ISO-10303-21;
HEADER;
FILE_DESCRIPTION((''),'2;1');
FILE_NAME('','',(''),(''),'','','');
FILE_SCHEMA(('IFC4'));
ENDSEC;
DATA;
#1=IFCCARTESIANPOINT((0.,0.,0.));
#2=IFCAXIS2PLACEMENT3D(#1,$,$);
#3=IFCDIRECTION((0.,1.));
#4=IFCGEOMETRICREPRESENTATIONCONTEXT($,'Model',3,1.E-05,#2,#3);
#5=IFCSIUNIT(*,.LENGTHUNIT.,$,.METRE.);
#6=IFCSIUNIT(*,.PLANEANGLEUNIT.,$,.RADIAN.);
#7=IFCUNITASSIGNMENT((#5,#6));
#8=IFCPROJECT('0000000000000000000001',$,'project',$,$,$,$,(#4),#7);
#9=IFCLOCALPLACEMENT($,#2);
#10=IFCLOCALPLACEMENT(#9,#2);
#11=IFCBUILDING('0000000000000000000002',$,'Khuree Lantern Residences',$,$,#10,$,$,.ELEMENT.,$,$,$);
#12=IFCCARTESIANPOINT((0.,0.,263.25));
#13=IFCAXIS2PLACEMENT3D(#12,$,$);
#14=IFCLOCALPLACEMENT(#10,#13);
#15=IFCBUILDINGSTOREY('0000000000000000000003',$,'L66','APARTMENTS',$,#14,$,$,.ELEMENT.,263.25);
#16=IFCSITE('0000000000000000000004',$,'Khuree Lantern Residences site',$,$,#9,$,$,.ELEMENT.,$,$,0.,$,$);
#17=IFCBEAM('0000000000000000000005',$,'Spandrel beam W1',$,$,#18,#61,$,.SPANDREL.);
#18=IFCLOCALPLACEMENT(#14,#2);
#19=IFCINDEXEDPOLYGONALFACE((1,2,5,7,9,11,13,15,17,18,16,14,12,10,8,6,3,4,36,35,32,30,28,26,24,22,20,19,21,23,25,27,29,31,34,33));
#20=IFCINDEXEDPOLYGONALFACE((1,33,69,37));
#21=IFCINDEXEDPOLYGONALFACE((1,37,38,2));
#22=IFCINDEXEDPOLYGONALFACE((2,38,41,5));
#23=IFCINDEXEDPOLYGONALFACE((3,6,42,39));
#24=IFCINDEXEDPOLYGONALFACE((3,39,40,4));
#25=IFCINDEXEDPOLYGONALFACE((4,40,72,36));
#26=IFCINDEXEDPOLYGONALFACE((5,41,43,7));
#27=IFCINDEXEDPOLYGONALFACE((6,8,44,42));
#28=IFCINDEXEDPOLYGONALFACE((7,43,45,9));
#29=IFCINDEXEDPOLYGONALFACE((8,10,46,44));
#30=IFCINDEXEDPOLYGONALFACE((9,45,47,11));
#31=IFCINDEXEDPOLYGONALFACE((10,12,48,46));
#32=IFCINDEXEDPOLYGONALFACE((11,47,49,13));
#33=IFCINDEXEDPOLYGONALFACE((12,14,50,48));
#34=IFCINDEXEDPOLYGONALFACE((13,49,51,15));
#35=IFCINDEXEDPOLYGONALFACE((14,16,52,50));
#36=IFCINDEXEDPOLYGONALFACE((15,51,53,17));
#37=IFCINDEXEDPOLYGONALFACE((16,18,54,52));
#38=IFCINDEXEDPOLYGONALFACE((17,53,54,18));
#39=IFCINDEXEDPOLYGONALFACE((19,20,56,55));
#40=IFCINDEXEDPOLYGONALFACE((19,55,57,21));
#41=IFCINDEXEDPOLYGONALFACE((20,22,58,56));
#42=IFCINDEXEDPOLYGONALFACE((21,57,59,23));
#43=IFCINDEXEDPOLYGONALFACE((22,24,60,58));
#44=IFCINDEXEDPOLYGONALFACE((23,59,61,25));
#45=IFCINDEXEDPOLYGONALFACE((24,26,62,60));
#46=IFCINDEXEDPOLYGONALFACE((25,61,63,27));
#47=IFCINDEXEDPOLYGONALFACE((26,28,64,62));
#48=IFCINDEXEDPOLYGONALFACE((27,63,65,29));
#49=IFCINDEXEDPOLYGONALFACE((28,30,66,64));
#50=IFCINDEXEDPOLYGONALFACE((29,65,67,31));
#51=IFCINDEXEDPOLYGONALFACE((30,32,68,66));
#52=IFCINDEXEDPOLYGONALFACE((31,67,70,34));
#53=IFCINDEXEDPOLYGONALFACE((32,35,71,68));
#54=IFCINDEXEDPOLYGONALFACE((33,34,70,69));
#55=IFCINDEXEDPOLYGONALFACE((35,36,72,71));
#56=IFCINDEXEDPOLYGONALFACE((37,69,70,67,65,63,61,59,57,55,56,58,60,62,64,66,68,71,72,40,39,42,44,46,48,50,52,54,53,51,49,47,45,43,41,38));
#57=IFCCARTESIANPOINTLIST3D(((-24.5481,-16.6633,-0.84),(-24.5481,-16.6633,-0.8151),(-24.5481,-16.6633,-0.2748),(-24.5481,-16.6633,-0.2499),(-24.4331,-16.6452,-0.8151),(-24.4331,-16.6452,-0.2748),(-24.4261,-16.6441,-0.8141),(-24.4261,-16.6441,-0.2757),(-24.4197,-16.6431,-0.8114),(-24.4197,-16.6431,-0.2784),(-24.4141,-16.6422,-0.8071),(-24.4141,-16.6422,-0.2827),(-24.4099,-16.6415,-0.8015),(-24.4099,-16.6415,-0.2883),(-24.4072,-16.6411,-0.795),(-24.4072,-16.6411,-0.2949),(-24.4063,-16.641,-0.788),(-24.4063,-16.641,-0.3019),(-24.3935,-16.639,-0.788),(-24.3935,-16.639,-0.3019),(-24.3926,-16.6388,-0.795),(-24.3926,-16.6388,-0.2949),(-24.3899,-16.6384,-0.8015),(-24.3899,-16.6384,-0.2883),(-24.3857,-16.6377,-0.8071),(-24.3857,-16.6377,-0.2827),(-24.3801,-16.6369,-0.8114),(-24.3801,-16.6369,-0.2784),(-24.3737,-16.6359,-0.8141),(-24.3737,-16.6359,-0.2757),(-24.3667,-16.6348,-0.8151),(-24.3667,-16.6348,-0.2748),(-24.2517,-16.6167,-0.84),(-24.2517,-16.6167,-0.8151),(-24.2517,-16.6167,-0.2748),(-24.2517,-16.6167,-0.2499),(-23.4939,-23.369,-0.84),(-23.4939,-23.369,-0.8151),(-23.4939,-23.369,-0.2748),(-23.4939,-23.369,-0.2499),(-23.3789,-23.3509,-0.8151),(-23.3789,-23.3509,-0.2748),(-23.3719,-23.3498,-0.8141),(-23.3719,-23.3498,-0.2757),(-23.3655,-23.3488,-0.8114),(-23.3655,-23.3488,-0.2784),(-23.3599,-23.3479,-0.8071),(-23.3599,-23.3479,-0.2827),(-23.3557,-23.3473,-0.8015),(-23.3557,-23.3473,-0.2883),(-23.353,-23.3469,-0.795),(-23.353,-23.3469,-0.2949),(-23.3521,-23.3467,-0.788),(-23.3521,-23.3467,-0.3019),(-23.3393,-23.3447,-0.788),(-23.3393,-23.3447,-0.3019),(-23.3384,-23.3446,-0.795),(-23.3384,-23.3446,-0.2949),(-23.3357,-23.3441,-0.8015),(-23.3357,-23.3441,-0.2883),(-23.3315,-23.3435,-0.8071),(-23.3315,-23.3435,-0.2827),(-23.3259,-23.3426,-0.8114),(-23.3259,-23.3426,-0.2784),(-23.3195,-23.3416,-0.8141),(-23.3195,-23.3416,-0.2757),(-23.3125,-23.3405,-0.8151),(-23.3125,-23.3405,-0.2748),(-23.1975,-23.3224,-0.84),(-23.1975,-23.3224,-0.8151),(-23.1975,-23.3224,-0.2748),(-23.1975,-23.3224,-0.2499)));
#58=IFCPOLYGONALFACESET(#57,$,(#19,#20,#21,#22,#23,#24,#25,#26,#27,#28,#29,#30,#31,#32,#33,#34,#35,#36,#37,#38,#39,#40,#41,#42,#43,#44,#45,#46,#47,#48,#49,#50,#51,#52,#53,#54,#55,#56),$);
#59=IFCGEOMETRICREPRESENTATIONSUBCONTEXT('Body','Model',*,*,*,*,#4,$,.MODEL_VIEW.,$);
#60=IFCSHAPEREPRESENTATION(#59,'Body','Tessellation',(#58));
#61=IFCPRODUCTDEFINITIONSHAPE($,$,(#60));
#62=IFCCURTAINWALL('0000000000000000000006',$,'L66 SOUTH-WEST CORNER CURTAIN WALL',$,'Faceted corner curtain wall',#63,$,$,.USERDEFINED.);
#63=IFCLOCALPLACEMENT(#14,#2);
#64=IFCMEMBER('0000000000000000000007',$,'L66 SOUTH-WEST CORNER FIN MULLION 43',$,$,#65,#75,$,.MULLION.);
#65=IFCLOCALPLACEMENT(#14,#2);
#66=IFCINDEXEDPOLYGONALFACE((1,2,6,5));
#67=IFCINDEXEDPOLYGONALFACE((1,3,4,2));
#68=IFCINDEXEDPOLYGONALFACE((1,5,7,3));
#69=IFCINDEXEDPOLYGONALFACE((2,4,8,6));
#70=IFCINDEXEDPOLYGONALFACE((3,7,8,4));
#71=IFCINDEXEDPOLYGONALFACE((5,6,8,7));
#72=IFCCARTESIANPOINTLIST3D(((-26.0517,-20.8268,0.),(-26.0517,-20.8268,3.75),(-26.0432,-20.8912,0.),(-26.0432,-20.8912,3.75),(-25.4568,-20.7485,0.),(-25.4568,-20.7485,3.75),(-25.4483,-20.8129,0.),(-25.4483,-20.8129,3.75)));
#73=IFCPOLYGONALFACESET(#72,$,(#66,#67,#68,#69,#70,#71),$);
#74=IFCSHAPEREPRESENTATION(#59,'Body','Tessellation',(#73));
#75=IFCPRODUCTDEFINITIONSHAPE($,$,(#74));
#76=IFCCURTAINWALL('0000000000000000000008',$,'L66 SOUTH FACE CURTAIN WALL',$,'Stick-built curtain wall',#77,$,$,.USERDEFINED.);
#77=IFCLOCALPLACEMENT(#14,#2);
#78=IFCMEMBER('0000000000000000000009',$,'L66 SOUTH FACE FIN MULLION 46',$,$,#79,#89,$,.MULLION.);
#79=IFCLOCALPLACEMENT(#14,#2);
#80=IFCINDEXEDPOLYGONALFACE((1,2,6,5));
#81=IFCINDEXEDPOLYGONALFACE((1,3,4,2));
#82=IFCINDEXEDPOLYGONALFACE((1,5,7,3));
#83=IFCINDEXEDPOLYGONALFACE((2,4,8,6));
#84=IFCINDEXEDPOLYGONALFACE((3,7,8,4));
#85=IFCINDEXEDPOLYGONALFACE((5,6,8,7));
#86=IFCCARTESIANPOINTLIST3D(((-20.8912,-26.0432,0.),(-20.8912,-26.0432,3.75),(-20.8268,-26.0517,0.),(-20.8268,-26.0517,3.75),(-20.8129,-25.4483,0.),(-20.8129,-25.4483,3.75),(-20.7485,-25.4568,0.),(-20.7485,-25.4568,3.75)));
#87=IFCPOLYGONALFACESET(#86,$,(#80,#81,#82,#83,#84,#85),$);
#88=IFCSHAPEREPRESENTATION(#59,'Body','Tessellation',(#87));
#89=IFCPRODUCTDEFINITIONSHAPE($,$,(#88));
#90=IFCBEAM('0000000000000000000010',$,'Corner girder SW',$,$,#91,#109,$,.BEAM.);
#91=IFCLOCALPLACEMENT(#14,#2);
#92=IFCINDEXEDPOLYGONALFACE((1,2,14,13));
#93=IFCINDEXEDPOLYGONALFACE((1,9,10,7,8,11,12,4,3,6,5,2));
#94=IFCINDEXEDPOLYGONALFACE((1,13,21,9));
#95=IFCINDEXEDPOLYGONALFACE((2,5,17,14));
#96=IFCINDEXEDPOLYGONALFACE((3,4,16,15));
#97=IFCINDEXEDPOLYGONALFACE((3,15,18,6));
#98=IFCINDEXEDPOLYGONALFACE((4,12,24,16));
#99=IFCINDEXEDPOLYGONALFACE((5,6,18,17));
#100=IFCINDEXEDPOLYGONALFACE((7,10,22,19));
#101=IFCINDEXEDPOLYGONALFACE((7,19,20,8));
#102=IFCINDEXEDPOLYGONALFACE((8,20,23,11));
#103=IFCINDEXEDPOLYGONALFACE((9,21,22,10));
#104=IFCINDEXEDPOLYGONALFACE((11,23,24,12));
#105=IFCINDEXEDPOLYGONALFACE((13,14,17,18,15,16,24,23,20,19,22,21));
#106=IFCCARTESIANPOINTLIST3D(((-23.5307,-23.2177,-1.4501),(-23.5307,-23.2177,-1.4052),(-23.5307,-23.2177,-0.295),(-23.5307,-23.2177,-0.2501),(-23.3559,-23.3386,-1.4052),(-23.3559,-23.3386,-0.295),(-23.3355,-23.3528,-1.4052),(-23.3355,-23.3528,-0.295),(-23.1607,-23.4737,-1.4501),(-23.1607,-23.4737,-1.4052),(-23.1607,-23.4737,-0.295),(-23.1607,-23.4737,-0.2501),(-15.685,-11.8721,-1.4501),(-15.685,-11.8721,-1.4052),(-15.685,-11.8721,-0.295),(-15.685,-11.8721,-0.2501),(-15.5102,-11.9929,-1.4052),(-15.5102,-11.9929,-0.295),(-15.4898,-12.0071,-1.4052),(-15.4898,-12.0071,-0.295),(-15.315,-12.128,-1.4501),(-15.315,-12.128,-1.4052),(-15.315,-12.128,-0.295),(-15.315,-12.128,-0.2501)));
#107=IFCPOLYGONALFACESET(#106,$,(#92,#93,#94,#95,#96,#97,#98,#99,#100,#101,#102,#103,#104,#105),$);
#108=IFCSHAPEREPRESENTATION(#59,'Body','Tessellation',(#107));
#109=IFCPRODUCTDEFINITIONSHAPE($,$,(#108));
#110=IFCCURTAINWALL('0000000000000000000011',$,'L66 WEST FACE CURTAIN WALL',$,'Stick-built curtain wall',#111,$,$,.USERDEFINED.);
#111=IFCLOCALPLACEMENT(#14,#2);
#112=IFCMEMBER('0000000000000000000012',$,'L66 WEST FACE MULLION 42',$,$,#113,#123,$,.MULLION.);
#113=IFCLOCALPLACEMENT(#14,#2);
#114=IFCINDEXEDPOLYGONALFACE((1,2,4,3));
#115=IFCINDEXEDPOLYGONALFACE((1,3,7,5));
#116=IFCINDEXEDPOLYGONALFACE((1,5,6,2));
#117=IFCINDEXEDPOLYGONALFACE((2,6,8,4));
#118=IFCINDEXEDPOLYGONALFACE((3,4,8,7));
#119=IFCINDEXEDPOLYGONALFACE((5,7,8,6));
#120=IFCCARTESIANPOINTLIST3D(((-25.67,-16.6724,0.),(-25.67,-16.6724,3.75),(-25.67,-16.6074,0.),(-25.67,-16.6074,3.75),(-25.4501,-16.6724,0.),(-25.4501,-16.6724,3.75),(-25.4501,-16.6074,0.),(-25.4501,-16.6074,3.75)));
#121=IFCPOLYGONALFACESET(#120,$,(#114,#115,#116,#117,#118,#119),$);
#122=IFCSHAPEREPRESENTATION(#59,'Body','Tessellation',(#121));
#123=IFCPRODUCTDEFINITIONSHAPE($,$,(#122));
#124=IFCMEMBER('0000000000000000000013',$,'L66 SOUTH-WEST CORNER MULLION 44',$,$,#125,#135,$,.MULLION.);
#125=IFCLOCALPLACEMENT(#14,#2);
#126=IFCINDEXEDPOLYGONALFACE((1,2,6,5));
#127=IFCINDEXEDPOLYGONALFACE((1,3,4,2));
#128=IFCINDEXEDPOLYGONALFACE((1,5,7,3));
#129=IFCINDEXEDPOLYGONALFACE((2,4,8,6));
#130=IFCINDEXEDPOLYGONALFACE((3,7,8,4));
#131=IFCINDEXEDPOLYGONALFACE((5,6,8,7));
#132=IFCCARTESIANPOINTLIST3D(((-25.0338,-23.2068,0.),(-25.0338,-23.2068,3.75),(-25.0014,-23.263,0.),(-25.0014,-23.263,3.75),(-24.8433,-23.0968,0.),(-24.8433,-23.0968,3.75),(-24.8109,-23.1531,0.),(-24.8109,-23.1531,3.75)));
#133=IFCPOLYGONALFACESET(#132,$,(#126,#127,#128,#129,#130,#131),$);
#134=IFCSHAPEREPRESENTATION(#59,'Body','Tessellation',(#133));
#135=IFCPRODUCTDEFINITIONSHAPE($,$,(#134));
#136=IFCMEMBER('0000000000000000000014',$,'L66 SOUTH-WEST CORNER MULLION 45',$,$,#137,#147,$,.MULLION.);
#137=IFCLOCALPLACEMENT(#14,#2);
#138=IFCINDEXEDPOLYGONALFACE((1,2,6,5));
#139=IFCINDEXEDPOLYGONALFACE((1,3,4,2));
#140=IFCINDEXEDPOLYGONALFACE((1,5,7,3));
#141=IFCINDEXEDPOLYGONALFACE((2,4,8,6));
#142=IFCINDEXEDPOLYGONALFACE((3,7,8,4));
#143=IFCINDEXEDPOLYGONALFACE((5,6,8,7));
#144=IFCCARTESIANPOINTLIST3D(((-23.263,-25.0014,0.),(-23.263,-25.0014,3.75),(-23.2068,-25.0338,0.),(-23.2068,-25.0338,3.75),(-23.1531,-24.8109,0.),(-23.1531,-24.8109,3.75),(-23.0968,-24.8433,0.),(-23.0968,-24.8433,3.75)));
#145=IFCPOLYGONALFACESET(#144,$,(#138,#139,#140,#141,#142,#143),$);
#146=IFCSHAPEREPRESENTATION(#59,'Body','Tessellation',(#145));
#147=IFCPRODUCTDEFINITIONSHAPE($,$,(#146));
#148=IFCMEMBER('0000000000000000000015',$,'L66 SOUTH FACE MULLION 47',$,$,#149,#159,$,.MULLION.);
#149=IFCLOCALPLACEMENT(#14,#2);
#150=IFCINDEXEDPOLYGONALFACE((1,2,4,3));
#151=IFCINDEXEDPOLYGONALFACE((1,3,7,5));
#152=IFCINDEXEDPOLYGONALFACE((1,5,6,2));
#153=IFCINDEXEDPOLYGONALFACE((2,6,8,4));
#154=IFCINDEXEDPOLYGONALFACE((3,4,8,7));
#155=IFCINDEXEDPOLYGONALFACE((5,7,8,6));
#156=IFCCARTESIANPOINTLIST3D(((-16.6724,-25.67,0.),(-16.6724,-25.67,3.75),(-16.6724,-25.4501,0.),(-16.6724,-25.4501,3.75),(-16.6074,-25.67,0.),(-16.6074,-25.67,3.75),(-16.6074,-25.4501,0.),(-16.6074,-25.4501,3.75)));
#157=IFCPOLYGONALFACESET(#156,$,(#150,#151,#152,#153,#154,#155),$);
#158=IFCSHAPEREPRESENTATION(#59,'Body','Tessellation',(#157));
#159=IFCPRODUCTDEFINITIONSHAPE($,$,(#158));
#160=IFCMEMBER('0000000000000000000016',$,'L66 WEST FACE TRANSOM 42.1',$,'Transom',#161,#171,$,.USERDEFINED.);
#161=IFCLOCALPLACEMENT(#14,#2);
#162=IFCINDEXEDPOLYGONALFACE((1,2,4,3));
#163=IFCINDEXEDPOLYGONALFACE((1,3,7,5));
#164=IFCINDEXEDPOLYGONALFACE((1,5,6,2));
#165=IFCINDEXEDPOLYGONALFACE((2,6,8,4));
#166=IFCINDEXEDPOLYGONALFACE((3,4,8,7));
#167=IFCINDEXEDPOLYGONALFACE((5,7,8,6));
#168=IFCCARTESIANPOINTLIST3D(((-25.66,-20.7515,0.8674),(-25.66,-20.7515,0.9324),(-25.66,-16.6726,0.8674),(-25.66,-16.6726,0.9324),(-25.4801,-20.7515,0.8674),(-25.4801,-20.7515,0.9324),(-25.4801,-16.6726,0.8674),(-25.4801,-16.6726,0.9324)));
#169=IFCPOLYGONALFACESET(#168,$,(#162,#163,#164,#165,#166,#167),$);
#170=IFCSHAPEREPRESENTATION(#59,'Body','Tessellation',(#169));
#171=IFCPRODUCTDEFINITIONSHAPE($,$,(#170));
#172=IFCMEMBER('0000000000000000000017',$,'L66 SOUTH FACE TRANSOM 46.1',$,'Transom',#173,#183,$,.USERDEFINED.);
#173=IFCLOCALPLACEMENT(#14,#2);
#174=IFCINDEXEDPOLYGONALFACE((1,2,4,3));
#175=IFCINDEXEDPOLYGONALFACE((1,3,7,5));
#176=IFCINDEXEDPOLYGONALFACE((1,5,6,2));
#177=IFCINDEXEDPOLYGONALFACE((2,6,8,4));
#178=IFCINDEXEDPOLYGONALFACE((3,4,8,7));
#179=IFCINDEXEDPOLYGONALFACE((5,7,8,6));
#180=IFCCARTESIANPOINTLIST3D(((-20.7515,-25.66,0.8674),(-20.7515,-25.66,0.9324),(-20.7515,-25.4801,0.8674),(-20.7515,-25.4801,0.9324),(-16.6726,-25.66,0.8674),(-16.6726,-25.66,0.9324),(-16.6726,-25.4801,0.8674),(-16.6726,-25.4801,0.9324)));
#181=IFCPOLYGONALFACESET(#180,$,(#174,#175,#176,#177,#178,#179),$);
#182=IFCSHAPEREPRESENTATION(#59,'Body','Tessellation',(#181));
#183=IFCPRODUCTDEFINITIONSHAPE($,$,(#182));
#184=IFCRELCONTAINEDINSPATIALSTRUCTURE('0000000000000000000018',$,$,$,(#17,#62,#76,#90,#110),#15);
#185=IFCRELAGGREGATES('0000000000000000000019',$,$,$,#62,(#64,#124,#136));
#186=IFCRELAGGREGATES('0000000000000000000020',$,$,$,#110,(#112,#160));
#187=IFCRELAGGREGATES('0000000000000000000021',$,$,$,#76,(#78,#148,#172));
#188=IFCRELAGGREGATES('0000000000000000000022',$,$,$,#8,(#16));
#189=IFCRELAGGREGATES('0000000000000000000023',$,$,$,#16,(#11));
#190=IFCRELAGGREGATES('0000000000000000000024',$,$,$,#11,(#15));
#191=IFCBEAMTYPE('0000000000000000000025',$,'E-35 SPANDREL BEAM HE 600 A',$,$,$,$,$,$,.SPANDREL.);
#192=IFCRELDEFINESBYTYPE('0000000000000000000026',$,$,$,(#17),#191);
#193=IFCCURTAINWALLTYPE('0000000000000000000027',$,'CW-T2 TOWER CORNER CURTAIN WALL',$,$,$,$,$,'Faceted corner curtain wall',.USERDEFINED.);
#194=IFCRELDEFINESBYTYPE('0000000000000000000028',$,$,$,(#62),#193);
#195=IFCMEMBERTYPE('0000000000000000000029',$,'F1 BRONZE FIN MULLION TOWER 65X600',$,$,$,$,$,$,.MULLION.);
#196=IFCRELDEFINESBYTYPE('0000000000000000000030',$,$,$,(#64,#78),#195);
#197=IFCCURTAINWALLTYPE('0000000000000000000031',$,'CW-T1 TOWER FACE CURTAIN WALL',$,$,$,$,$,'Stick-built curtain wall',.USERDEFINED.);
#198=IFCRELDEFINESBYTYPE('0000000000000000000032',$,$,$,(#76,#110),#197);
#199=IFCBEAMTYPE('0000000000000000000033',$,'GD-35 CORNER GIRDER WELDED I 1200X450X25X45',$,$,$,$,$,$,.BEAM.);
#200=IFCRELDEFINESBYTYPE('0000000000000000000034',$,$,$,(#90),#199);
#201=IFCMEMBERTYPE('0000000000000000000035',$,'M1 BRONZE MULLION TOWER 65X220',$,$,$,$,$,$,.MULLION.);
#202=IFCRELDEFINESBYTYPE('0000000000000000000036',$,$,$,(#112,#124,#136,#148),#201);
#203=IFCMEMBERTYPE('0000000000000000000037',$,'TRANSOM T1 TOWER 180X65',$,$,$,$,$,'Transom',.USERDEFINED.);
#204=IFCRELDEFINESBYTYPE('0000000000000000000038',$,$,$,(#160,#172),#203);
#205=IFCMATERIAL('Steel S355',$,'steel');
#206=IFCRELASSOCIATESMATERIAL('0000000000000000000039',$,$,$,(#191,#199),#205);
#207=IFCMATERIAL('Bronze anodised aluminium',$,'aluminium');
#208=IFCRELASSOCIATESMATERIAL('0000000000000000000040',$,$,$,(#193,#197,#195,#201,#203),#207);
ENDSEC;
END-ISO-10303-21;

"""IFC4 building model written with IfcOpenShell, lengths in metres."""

from ifc_helpers import new_model, si_unit, direction, frame, origin, origin_2d, place, context, subcontext, project, spatial, rectangle, i_section, extrude, material, material_profile, profile_set, type_object, element, aggregate, save


model = new_model("IFC4")

# Units and contexts
model_context = context("Model", 3, precision=1e-05, world=origin(), true_north=direction((0.0, 1.0)))
body_context = subcontext(model_context, "Body", "Model", "MODEL_VIEW")
ifc_project = project(units=[si_unit("LENGTHUNIT", "METRE"), si_unit("PLANEANGLEUNIT", "RADIAN")], contexts=[model_context])

# Site, building, storey
site_placement = place(None, origin())
site = spatial("IfcSite", under=ifc_project, at=site_placement, Name="Khuree Lantern Residences site", CompositionType="ELEMENT", RefElevation=0.0)
building_placement = place(site_placement, origin())
building = spatial("IfcBuilding", under=site, at=building_placement, Name="Khuree Lantern Residences", CompositionType="ELEMENT")
storey_placement = place(building_placement, frame((0.0, 0.0, 263.25)))
storey = spatial("IfcBuildingStorey", under=building, at=storey_placement, Name="L66", Description="APARTMENTS", CompositionType="ELEMENT", Elevation=263.25)

# Beam
ifc_material_1 = material(Name="Steel S355", Category="steel")
ifc_material_profile_1 = material_profile(ifc_material_1, i_section(OverallWidth=0.3, OverallDepth=0.5901, WebThickness=0.0129, FlangeThickness=0.0249, FilletRadius=0.0271, at=origin_2d()), Name="HE 600 A")
ifc_profile_set_1 = profile_set([ifc_material_profile_1], Name="Steel S355")
beam_type_1 = type_object("IfcBeamType", Name="E-35 SPANDREL BEAM HE 600 A", PredefinedType="SPANDREL", material=ifc_profile_set_1)
beam_1_placement = place(storey_placement, frame((-23.3457, -23.3457, -0.5449), z_axis=(-0.1553, 0.987867, 0.0), x_axis=(-0.987867, -0.1553, 0.0)))
element("IfcBeam", 1, at=beam_1_placement, inside=storey, type_object=beam_type_1, Name="Spandrel beam W1", PredefinedType="SPANDREL", context=body_context, shape_type="SweptSolid", body=[
    extrude(i_section(OverallWidth=0.3, OverallDepth=0.5901, WebThickness=0.0129, FlangeThickness=0.0249, FilletRadius=0.0271, at=origin_2d()), origin(), (0.0, 0.0, 1.0), 6.7881),
])

# Curtain walls, members
ifc_material_2 = material(Name="Bronze anodised aluminium", Category="aluminium")
curtain_wall_type_1 = type_object("IfcCurtainWallType", Name="CW-T2 TOWER CORNER CURTAIN WALL", ElementType="Faceted corner curtain wall", PredefinedType="USERDEFINED", material=ifc_material_2)
curtain_wall_1_placement = place(storey_placement, origin())
curtain_wall_1 = element("IfcCurtainWall", 2, at=curtain_wall_1_placement, inside=storey, type_object=curtain_wall_type_1, Name="L66 SOUTH-WEST CORNER CURTAIN WALL", ObjectType="Faceted corner curtain wall", PredefinedType="USERDEFINED")
ifc_material_profile_2 = material_profile(ifc_material_2, rectangle(XDim=0.0649, YDim=0.6001, at=origin_2d()), Name="F1 65X600")
ifc_profile_set_2 = profile_set([ifc_material_profile_2], Name="Bronze anodised aluminium")
member_type_1 = type_object("IfcMemberType", Name="F1 BRONZE FIN MULLION TOWER 65X600", PredefinedType="MULLION", material=ifc_profile_set_2)
member_1_placement = place(storey_placement, frame((-25.75, -20.8198, 0.0), z_axis=(0.0, 0.0, 1.0), x_axis=(0.130526, -0.991445, 0.0)))
member_1 = element("IfcMember", 3, at=member_1_placement, type_object=member_type_1, Name="L66 SOUTH-WEST CORNER FIN MULLION 43", PredefinedType="MULLION", context=body_context, shape_type="SweptSolid", body=[
    extrude(rectangle(XDim=0.0649, YDim=0.6001, at=origin_2d()), origin(), (0.0, 0.0, 1.0), 3.75),
])
curtain_wall_type_2 = type_object("IfcCurtainWallType", Name="CW-T1 TOWER FACE CURTAIN WALL", ElementType="Stick-built curtain wall", PredefinedType="USERDEFINED", material=ifc_material_2)
curtain_wall_2_placement = place(storey_placement, origin())
curtain_wall_2 = element("IfcCurtainWall", 4, at=curtain_wall_2_placement, inside=storey, type_object=curtain_wall_type_2, Name="L66 SOUTH FACE CURTAIN WALL", ObjectType="Stick-built curtain wall", PredefinedType="USERDEFINED")
member_2_placement = place(storey_placement, frame((-20.8198, -25.75, 0.0), z_axis=(0.0, 0.0, 1.0), x_axis=(0.991445, -0.130526, 0.0)))
member_2 = element("IfcMember", 5, at=member_2_placement, type_object=member_type_1, Name="L66 SOUTH FACE FIN MULLION 46", PredefinedType="MULLION", context=body_context, shape_type="SweptSolid", body=[
    extrude(rectangle(XDim=0.0649, YDim=0.6001, at=origin_2d()), origin(), (0.0, 0.0, 1.0), 3.75),
])

# Beam
ifc_material_profile_3 = material_profile(ifc_material_1, i_section(OverallWidth=0.45, OverallDepth=1.2, WebThickness=0.0249, FlangeThickness=0.0449, at=origin_2d()), Name="WELDED I 1200X450X25X45")
ifc_profile_set_3 = profile_set([ifc_material_profile_3], Name="Steel S355")
beam_type_2 = type_object("IfcBeamType", Name="GD-35 CORNER GIRDER WELDED I 1200X450X25X45", PredefinedType="BEAM", material=ifc_profile_set_3)
beam_2_placement = place(storey_placement, frame((-23.3457, -23.3457, -0.8501), z_axis=(0.568768, 0.822498, 0.0), x_axis=(-0.822498, 0.568768, 0.0)))
element("IfcBeam", 6, at=beam_2_placement, inside=storey, type_object=beam_type_2, Name="Corner girder SW", PredefinedType="BEAM", context=body_context, shape_type="SweptSolid", body=[
    extrude(i_section(OverallWidth=0.45, OverallDepth=1.2, WebThickness=0.0249, FlangeThickness=0.0449, at=origin_2d()), origin(), (0.0, 0.0, 1.0), 13.7942),
])

# Curtain wall, member
curtain_wall_3_placement = place(storey_placement, origin())
curtain_wall_3 = element("IfcCurtainWall", 7, at=curtain_wall_3_placement, inside=storey, type_object=curtain_wall_type_2, Name="L66 WEST FACE CURTAIN WALL", ObjectType="Stick-built curtain wall", PredefinedType="USERDEFINED")
ifc_material_profile_4 = material_profile(ifc_material_2, rectangle(XDim=0.0649, YDim=0.22, at=origin_2d()), Name="M1 65X220")
ifc_profile_set_4 = profile_set([ifc_material_profile_4], Name="Bronze anodised aluminium")
member_type_2 = type_object("IfcMemberType", Name="M1 BRONZE MULLION TOWER 65X220", PredefinedType="MULLION", material=ifc_profile_set_4)
member_3_placement = place(storey_placement, frame((-25.5601, -16.6399, 0.0), z_axis=(0.0, 0.0, 1.0), x_axis=(0.0, -1.0, 0.0)))
member_3 = element("IfcMember", 8, at=member_3_placement, type_object=member_type_2, Name="L66 WEST FACE MULLION 42", PredefinedType="MULLION", context=body_context, shape_type="SweptSolid", body=[
    extrude(rectangle(XDim=0.0649, YDim=0.22, at=origin_2d()), origin(), (0.0, 0.0, 1.0), 3.75),
])

# Members
member_4_placement = place(storey_placement, frame((-24.9224, -23.1799, 0.0), z_axis=(0.0, 0.0, 1.0), x_axis=(0.5, -0.866025, 0.0)))
member_4 = element("IfcMember", 9, at=member_4_placement, type_object=member_type_2, Name="L66 SOUTH-WEST CORNER MULLION 44", PredefinedType="MULLION", context=body_context, shape_type="SweptSolid", body=[
    extrude(rectangle(XDim=0.0649, YDim=0.22, at=origin_2d()), origin(), (0.0, 0.0, 1.0), 3.75),
])
member_5_placement = place(storey_placement, frame((-23.1799, -24.9224, 0.0), z_axis=(0.0, 0.0, 1.0), x_axis=(0.866025, -0.5, 0.0)))
member_5 = element("IfcMember", 10, at=member_5_placement, type_object=member_type_2, Name="L66 SOUTH-WEST CORNER MULLION 45", PredefinedType="MULLION", context=body_context, shape_type="SweptSolid", body=[
    extrude(rectangle(XDim=0.0649, YDim=0.22, at=origin_2d()), origin(), (0.0, 0.0, 1.0), 3.75),
])
member_6_placement = place(storey_placement, frame((-16.6399, -25.5601, 0.0), z_axis=(0.0, 0.0, 1.0), x_axis=(1.0, 0.0, 0.0)))
member_6 = element("IfcMember", 11, at=member_6_placement, type_object=member_type_2, Name="L66 SOUTH FACE MULLION 47", PredefinedType="MULLION", context=body_context, shape_type="SweptSolid", body=[
    extrude(rectangle(XDim=0.0649, YDim=0.22, at=origin_2d()), origin(), (0.0, 0.0, 1.0), 3.75),
])
ifc_material_profile_5 = material_profile(ifc_material_2, rectangle(XDim=0.1799, YDim=0.0649, at=origin_2d()), Name="T1 180X65")
ifc_profile_set_5 = profile_set([ifc_material_profile_5], Name="Bronze anodised aluminium")
member_type_3 = type_object("IfcMemberType", Name="TRANSOM T1 TOWER 180X65", ElementType="Transom", PredefinedType="USERDEFINED", material=ifc_profile_set_5)
member_7_placement = place(storey_placement, frame((-25.5701, -16.6726, 0.8999), z_axis=(0.0, -1.0, 0.0), x_axis=(1.0, 0.0, 0.0)))
member_7 = element("IfcMember", 12, at=member_7_placement, type_object=member_type_3, Name="L66 WEST FACE TRANSOM 42.1", ObjectType="Transom", PredefinedType="USERDEFINED", context=body_context, shape_type="SweptSolid", body=[
    extrude(rectangle(XDim=0.1799, YDim=0.0649, at=origin_2d()), origin(), (0.0, 0.0, 1.0), 4.0789),
])
member_8_placement = place(storey_placement, frame((-20.7515, -25.5701, 0.8999), z_axis=(1.0, 0.0, 0.0), x_axis=(0.0, 1.0, 0.0)))
member_8 = element("IfcMember", 13, at=member_8_placement, type_object=member_type_3, Name="L66 SOUTH FACE TRANSOM 46.1", ObjectType="Transom", PredefinedType="USERDEFINED", context=body_context, shape_type="SweptSolid", body=[
    extrude(rectangle(XDim=0.1799, YDim=0.0649, at=origin_2d()), origin(), (0.0, 0.0, 1.0), 4.0789),
])

aggregate(curtain_wall_1, [member_1, member_4, member_5])
aggregate(curtain_wall_3, [member_3, member_7])
aggregate(curtain_wall_2, [member_2, member_6, member_8])

save(model, "model.ifc")
